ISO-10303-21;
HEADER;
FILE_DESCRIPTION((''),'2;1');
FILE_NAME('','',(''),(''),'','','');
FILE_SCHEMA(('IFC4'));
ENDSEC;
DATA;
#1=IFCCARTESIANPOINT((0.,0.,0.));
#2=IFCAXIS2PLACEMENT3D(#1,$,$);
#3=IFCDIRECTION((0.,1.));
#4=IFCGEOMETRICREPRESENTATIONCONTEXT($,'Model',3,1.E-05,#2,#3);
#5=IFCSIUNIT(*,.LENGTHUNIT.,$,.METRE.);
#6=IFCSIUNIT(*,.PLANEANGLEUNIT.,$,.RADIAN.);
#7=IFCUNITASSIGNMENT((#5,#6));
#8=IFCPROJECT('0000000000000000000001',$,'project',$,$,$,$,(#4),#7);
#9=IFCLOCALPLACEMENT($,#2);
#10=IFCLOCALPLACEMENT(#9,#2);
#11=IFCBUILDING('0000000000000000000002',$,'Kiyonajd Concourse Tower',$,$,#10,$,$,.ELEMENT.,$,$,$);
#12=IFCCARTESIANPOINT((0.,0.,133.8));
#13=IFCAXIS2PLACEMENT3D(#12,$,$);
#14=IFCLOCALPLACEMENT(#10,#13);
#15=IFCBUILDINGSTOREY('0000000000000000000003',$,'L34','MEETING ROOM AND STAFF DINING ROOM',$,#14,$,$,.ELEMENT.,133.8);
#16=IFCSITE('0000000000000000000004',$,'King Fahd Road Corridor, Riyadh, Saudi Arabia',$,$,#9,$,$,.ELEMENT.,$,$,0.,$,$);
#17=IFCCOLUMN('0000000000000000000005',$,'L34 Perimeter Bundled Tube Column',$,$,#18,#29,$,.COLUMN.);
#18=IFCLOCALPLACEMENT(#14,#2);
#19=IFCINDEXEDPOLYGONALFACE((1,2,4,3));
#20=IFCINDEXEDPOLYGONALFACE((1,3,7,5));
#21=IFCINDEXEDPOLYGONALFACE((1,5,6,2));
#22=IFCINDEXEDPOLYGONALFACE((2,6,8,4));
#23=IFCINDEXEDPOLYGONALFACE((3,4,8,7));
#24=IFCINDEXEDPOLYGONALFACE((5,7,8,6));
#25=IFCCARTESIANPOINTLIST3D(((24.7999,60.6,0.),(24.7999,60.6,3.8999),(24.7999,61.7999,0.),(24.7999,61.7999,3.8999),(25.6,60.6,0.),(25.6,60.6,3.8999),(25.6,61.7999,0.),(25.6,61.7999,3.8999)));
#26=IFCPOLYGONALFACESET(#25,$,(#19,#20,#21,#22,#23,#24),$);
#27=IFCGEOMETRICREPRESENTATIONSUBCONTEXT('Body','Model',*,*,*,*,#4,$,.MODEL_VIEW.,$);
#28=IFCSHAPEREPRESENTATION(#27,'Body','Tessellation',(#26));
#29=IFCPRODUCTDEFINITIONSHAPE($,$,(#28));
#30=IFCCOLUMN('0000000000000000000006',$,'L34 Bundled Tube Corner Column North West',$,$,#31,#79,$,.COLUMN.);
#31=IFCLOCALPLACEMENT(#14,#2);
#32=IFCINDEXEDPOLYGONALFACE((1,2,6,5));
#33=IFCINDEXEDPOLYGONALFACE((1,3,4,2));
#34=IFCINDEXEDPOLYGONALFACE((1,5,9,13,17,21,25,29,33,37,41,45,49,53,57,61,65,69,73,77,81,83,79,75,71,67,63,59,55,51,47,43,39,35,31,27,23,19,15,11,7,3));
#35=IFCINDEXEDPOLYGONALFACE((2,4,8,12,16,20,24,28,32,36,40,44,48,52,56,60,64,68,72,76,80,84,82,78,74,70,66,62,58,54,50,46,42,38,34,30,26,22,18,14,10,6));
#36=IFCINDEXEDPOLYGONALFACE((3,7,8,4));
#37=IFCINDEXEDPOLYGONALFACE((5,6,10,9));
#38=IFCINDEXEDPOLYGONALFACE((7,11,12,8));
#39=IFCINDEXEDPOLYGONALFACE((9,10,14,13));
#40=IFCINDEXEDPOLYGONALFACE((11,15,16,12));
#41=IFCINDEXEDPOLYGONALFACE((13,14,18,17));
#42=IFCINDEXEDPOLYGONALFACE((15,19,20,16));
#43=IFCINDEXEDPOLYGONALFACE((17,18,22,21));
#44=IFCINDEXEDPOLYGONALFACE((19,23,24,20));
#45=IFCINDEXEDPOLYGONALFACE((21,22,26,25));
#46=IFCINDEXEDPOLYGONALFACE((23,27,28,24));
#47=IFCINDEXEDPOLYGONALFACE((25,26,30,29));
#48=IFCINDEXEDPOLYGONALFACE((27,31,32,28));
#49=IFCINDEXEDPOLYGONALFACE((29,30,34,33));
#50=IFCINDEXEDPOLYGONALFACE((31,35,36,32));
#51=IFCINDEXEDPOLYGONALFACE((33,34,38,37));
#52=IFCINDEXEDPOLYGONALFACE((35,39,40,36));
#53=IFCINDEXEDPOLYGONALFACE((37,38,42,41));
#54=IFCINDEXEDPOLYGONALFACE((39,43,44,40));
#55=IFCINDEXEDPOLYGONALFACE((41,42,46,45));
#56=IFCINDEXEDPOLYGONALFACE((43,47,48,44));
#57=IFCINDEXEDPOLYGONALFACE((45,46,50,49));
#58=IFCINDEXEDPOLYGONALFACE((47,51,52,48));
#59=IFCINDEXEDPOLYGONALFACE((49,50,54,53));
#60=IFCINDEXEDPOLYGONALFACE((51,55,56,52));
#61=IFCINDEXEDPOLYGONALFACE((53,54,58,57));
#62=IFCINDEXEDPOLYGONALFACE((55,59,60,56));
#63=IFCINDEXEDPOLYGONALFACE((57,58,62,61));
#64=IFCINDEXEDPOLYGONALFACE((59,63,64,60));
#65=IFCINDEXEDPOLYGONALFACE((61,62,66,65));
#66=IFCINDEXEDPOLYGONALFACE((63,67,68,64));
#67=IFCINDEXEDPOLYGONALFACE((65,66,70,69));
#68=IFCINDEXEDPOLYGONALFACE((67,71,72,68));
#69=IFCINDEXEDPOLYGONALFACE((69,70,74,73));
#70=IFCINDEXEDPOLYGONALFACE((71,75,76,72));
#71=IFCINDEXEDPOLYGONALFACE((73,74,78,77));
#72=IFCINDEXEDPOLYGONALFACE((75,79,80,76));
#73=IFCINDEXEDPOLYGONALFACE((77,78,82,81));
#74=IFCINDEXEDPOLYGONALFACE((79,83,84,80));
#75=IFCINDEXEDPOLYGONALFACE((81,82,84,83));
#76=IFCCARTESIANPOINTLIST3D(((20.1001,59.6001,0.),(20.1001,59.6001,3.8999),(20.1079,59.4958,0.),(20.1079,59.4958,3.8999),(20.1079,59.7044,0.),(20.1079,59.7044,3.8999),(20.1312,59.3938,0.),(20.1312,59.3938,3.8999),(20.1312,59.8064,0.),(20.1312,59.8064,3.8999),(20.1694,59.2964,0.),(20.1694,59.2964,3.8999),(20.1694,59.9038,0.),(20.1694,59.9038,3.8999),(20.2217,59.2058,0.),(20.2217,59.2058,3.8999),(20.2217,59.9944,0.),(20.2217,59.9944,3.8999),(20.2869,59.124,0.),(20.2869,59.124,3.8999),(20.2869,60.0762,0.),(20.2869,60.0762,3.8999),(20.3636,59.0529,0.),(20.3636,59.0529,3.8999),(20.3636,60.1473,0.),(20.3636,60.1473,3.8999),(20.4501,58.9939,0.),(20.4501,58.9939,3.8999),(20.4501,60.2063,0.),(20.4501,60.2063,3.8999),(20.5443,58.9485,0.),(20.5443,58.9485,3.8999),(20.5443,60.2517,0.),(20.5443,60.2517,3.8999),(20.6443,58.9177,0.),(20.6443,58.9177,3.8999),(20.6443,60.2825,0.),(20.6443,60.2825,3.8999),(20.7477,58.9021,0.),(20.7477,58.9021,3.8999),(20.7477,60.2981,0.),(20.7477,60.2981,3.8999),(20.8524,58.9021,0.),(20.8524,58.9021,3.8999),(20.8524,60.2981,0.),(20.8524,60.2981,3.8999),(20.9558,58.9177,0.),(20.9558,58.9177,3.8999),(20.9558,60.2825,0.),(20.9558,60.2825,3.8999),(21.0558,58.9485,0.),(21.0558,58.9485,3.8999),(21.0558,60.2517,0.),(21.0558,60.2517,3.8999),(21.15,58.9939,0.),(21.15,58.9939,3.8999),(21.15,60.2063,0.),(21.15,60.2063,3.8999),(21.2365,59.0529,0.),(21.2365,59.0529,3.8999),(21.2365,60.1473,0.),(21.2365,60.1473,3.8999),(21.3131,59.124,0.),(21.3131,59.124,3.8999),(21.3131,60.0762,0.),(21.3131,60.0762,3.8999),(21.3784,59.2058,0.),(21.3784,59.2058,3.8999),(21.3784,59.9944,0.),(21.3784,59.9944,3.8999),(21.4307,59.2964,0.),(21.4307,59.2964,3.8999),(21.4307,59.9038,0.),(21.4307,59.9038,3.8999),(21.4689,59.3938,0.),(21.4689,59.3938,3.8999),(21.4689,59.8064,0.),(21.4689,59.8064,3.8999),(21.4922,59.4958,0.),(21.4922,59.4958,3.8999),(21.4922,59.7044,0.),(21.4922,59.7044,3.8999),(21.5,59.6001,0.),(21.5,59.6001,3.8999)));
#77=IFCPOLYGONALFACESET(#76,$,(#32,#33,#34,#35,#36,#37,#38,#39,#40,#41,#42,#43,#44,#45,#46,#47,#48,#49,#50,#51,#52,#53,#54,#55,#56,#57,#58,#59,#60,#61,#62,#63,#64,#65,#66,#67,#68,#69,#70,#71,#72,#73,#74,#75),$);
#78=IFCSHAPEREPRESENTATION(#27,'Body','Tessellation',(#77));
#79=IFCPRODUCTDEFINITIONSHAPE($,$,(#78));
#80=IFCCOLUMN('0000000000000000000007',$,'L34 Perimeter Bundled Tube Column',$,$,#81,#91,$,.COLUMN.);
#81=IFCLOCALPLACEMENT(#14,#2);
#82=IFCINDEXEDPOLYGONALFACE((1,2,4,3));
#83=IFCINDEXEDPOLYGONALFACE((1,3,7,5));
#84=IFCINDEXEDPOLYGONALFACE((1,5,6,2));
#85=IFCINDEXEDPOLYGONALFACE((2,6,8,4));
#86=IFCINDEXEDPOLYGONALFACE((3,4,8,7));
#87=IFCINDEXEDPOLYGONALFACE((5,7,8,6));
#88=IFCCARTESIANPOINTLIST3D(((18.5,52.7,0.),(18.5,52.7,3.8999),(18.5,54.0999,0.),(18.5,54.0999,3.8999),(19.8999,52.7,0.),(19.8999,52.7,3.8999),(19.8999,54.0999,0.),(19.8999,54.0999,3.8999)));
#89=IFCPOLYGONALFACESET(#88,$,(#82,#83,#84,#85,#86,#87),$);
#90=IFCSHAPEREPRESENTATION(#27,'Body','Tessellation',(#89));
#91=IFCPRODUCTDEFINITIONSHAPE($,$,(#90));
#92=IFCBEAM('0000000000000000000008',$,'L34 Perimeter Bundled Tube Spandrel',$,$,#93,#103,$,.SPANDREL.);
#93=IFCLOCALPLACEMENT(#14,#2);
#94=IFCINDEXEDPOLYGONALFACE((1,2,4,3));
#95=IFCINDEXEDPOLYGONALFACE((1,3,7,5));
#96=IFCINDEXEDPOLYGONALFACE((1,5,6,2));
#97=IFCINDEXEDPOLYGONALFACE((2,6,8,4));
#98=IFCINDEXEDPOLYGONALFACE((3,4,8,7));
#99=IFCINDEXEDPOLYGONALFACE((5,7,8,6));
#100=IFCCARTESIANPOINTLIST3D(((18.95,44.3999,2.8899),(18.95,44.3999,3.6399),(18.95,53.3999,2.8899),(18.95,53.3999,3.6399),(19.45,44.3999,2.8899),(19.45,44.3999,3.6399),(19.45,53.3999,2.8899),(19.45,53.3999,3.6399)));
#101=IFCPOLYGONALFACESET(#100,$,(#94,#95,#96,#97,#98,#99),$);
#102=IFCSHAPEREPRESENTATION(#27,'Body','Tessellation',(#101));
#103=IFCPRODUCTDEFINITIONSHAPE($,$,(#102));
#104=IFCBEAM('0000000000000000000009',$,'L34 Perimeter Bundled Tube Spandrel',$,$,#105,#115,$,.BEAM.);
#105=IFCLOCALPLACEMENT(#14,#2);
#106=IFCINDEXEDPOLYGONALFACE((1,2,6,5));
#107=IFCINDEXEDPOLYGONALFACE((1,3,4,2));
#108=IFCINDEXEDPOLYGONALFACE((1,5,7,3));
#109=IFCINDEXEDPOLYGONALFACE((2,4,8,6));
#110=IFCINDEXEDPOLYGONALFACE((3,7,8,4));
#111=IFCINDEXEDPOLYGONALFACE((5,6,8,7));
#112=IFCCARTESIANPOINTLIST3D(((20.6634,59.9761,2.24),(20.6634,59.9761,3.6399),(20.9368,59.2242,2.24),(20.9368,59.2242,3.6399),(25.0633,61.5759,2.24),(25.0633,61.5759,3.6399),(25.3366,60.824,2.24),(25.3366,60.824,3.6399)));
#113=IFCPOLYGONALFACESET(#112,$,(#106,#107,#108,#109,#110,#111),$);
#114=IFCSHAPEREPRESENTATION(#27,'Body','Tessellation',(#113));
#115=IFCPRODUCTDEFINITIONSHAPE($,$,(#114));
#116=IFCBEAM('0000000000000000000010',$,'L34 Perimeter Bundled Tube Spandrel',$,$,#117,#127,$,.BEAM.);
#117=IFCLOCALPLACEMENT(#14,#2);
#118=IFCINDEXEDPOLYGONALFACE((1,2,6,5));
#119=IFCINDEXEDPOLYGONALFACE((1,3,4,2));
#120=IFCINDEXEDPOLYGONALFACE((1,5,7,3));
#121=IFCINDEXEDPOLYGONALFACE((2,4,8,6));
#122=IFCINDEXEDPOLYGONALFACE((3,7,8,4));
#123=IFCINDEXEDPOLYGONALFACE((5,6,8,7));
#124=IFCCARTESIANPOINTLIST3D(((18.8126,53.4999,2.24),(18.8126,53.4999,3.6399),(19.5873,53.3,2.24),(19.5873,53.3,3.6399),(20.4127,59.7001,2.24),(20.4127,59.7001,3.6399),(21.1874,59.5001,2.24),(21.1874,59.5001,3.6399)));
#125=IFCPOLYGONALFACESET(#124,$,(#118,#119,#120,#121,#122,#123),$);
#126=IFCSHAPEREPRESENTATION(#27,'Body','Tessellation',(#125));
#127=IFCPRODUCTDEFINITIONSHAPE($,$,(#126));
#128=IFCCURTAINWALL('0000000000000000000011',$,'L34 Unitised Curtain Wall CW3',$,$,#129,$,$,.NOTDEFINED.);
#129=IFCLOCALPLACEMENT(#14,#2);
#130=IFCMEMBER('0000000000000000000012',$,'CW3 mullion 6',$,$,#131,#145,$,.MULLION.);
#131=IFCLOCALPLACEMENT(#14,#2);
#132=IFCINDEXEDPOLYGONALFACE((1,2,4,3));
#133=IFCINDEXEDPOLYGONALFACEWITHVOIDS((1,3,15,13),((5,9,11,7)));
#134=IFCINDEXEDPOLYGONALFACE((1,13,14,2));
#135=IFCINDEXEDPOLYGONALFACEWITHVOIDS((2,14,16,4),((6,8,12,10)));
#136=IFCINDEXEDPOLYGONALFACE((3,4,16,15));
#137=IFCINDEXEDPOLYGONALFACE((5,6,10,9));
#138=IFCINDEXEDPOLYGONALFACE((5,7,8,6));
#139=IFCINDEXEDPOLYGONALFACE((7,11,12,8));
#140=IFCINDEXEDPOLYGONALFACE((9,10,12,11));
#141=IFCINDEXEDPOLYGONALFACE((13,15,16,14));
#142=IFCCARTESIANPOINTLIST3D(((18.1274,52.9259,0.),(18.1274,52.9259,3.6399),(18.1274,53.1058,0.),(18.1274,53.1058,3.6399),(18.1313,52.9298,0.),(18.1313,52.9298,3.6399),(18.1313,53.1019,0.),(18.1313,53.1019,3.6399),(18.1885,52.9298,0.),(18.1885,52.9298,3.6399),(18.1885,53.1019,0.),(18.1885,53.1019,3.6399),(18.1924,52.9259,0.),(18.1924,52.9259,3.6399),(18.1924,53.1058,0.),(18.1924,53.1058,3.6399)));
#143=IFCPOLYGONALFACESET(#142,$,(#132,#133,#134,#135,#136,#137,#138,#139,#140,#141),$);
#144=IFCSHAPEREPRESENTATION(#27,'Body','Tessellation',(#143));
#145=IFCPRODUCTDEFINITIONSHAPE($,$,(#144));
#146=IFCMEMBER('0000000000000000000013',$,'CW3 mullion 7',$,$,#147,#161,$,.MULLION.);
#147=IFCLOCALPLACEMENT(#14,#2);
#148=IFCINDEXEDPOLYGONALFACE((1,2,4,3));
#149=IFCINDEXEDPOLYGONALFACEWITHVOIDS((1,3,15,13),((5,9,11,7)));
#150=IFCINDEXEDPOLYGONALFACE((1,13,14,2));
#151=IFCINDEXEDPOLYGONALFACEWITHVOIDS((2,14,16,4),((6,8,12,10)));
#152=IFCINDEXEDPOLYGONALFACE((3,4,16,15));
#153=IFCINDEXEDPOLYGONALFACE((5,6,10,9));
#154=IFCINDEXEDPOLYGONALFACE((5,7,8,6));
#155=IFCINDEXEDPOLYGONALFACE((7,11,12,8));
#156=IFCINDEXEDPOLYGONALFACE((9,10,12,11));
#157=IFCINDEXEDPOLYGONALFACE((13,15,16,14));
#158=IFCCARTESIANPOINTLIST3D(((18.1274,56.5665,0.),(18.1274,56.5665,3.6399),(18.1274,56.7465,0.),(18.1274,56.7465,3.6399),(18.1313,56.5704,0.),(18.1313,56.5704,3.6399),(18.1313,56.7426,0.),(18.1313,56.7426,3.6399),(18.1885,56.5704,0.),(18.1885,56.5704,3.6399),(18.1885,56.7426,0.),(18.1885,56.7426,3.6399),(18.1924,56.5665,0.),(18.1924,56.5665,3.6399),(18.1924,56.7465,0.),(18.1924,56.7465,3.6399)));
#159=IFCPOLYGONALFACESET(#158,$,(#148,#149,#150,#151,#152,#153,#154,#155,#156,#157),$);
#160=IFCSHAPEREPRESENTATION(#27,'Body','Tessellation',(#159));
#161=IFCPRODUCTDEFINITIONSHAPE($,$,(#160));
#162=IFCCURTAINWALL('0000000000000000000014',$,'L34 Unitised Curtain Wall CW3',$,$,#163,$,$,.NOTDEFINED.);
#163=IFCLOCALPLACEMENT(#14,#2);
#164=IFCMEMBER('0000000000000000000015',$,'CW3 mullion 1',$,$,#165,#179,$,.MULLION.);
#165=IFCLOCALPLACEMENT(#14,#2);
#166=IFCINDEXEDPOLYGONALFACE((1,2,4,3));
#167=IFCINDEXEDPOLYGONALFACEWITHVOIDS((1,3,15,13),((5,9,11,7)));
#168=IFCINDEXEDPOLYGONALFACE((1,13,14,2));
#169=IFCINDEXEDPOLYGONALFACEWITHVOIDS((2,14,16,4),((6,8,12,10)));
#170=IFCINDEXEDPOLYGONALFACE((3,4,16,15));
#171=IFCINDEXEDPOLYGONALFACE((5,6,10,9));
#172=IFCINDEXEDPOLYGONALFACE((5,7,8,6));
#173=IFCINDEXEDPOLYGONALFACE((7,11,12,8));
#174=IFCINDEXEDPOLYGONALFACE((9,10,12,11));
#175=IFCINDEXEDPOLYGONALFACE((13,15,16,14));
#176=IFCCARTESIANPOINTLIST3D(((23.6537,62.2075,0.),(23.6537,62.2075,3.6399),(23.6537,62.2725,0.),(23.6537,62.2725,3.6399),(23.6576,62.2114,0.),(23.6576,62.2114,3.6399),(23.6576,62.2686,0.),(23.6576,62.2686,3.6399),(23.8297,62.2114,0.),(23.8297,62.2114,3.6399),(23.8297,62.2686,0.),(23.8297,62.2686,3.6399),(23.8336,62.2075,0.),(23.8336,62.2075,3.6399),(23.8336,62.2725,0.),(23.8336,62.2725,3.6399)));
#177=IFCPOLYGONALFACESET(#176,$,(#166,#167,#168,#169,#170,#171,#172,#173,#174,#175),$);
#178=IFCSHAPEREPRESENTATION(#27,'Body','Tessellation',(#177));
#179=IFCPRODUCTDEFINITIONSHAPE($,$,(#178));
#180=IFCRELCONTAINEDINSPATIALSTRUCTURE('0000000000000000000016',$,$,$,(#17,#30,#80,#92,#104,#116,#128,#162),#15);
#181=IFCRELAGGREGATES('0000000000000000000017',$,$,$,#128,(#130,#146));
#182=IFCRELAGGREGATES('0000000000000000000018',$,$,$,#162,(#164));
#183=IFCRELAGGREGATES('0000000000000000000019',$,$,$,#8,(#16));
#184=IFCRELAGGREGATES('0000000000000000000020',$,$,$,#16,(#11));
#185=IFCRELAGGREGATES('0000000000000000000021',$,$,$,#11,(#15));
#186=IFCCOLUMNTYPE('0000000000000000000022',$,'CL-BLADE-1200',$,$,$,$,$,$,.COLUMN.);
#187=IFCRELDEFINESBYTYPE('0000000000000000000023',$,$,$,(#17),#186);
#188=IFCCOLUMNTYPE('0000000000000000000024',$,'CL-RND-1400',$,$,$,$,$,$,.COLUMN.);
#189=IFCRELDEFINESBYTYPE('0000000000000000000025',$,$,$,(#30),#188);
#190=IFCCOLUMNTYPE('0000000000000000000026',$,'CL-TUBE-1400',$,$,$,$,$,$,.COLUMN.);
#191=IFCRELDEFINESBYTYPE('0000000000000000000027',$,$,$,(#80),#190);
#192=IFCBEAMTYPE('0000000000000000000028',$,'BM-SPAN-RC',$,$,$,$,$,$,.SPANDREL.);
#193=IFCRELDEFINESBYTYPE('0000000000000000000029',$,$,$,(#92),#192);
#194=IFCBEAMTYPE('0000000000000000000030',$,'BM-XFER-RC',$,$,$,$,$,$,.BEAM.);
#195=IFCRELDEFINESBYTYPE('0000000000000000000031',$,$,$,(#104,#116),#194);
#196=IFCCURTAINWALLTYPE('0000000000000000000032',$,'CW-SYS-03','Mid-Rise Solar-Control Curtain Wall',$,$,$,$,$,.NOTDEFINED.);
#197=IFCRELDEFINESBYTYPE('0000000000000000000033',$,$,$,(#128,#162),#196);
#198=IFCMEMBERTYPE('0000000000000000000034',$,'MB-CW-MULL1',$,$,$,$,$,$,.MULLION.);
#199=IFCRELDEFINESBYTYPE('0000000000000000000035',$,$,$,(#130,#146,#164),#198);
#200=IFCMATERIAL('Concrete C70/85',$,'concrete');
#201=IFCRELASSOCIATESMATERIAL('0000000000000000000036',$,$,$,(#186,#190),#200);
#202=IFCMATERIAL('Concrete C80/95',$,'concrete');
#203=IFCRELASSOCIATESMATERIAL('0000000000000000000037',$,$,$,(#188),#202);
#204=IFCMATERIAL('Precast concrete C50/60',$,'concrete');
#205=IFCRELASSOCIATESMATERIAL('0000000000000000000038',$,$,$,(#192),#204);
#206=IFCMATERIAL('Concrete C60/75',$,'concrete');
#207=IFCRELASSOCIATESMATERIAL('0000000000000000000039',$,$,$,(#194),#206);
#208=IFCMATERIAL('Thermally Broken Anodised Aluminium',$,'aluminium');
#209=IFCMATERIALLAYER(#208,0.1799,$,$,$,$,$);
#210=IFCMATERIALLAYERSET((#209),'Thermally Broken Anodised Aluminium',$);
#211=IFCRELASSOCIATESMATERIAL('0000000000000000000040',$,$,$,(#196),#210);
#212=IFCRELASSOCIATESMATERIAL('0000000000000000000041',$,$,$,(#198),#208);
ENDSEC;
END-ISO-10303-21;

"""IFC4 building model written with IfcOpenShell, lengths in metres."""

from ifc_helpers import new_model, si_unit, direction, frame, origin, origin_2d, place, context, subcontext, project, spatial, rectangle, hollow_rectangle, circle, extrude, material, layer, layer_set, material_profile, profile_set, type_object, element, aggregate, save


model = new_model("IFC4")

# Units and contexts
model_context = context("Model", 3, precision=1e-05, world=origin(), true_north=direction((0.0, 1.0)))
body_context = subcontext(model_context, "Body", "Model", "MODEL_VIEW")
ifc_project = project(units=[si_unit("LENGTHUNIT", "METRE"), si_unit("PLANEANGLEUNIT", "RADIAN")], contexts=[model_context])

# Site, building, storey
site_placement = place(None, origin())
site = spatial("IfcSite", under=ifc_project, at=site_placement, Name="King Fahd Road Corridor, Riyadh, Saudi Arabia", CompositionType="ELEMENT", RefElevation=0.0)
building_placement = place(site_placement, origin())
building = spatial("IfcBuilding", under=site, at=building_placement, Name="Kiyonajd Concourse Tower", CompositionType="ELEMENT")
storey_placement = place(building_placement, frame((0.0, 0.0, 133.8)))
storey = spatial("IfcBuildingStorey", under=building, at=storey_placement, Name="L34", Description="MEETING ROOM AND STAFF DINING ROOM", CompositionType="ELEMENT", Elevation=133.8)

# Columns
ifc_material_1 = material(Name="Concrete C70/85", Category="concrete")
ifc_material_profile_1 = material_profile(ifc_material_1, rectangle(XDim=0.8, YDim=1.2, at=origin_2d()), Name="RC-1200x800")
ifc_profile_set_1 = profile_set([ifc_material_profile_1], Name="Concrete C70/85")
column_type_1 = type_object("IfcColumnType", Name="CL-BLADE-1200", PredefinedType="COLUMN", material=ifc_profile_set_1)
column_1_placement = place(storey_placement, frame((25.2, 61.2, 0.0), z_axis=(0.0, 0.0, 1.0), x_axis=(1.0, 0.0, 0.0)))
element("IfcColumn", 1, at=column_1_placement, inside=storey, type_object=column_type_1, Name="L34 Perimeter Bundled Tube Column", PredefinedType="COLUMN", context=body_context, shape_type="SweptSolid", body=[
    extrude(rectangle(XDim=0.8, YDim=1.2, at=origin_2d()), origin(), (0.0, 0.0, 1.0), 3.8999),
])
ifc_material_2 = material(Name="Concrete C80/95", Category="concrete")
ifc_material_profile_2 = material_profile(ifc_material_2, circle(Radius=0.7, at=origin_2d()), Name="RCC-D1400")
ifc_profile_set_2 = profile_set([ifc_material_profile_2], Name="Concrete C80/95")
column_type_2 = type_object("IfcColumnType", Name="CL-RND-1400", PredefinedType="COLUMN", material=ifc_profile_set_2)
column_2_placement = place(storey_placement, frame((20.8, 59.6001, 0.0), z_axis=(0.0, 0.0, 1.0), x_axis=(1.0, 0.0, 0.0)))
element("IfcColumn", 2, at=column_2_placement, inside=storey, type_object=column_type_2, Name="L34 Bundled Tube Corner Column North West", PredefinedType="COLUMN", context=body_context, shape_type="SweptSolid", body=[
    extrude(circle(Radius=0.7, at=origin_2d()), origin(), (0.0, 0.0, 1.0), 3.8999),
])
ifc_material_profile_3 = material_profile(ifc_material_1, rectangle(XDim=1.3999, YDim=1.3999, at=origin_2d()), Name="RC-1400x1400")
ifc_profile_set_3 = profile_set([ifc_material_profile_3], Name="Concrete C70/85")
column_type_3 = type_object("IfcColumnType", Name="CL-TUBE-1400", PredefinedType="COLUMN", material=ifc_profile_set_3)
column_3_placement = place(storey_placement, frame((19.2, 53.3999, 0.0), z_axis=(0.0, 0.0, 1.0), x_axis=(1.0, 0.0, 0.0)))
element("IfcColumn", 3, at=column_3_placement, inside=storey, type_object=column_type_3, Name="L34 Perimeter Bundled Tube Column", PredefinedType="COLUMN", context=body_context, shape_type="SweptSolid", body=[
    extrude(rectangle(XDim=1.3999, YDim=1.3999, at=origin_2d()), origin(), (0.0, 0.0, 1.0), 3.8999),
])

# Beams
ifc_material_3 = material(Name="Precast concrete C50/60", Category="concrete")
ifc_material_profile_4 = material_profile(ifc_material_3, rectangle(XDim=0.5, YDim=0.75, at=origin_2d()), Name="RCBM-500x750")
ifc_profile_set_4 = profile_set([ifc_material_profile_4], Name="Precast concrete C50/60")
beam_type_1 = type_object("IfcBeamType", Name="BM-SPAN-RC", PredefinedType="SPANDREL", material=ifc_profile_set_4)
beam_1_placement = place(storey_placement, frame((19.2, 53.3999, 3.2649), z_axis=(0.0, -1.0, 0.0), x_axis=(1.0, 0.0, 0.0)))
element("IfcBeam", 4, at=beam_1_placement, inside=storey, type_object=beam_type_1, Name="L34 Perimeter Bundled Tube Spandrel", PredefinedType="SPANDREL", context=body_context, shape_type="SweptSolid", body=[
    extrude(rectangle(XDim=0.5, YDim=0.75, at=origin_2d()), origin(), (0.0, 0.0, 1.0), 9.0),
])
ifc_material_4 = material(Name="Concrete C60/75", Category="concrete")
ifc_material_profile_5 = material_profile(ifc_material_4, rectangle(XDim=0.8, YDim=1.3999, at=origin_2d()), Name="RCBM-800x1400")
ifc_profile_set_5 = profile_set([ifc_material_profile_5], Name="Concrete C60/75")
beam_type_2 = type_object("IfcBeamType", Name="BM-XFER-RC", PredefinedType="BEAM", material=ifc_profile_set_5)
beam_2_placement = place(storey_placement, frame((25.2, 61.2, 2.9399), z_axis=(-0.939801, -0.341722, 0.0), x_axis=(0.341722, -0.939801, 0.0)))
element("IfcBeam", 5, at=beam_2_placement, inside=storey, type_object=beam_type_2, Name="L34 Perimeter Bundled Tube Spandrel", PredefinedType="BEAM", context=body_context, shape_type="SweptSolid", body=[
    extrude(rectangle(XDim=0.8, YDim=1.3999, at=origin_2d()), origin(), (0.0, 0.0, 1.0), 4.6816),
])
beam_3_placement = place(storey_placement, frame((20.8, 59.6001, 2.9399), z_axis=(-0.249885, -0.968276, 0.0), x_axis=(0.968276, -0.249885, 0.0)))
element("IfcBeam", 6, at=beam_3_placement, inside=storey, type_object=beam_type_2, Name="L34 Perimeter Bundled Tube Spandrel", PredefinedType="BEAM", context=body_context, shape_type="SweptSolid", body=[
    extrude(rectangle(XDim=0.8, YDim=1.3999, at=origin_2d()), origin(), (0.0, 0.0, 1.0), 6.4033),
])

# Curtain walls, members
ifc_material_5 = material(Name="Thermally Broken Anodised Aluminium", Category="aluminium")
ifc_layer_1 = layer(ifc_material_5, 0.1799)
ifc_layer_set_1 = layer_set([ifc_layer_1], Name="Thermally Broken Anodised Aluminium")
curtain_wall_type = type_object("IfcCurtainWallType", Name="CW-SYS-03", Description="Mid-Rise Solar-Control Curtain Wall", PredefinedType="NOTDEFINED", material=ifc_layer_set_1)
curtain_wall_1_placement = place(storey_placement, origin())
curtain_wall_1 = element("IfcCurtainWall", 7, at=curtain_wall_1_placement, inside=storey, type_object=curtain_wall_type, Name="L34 Unitised Curtain Wall CW3", PredefinedType="NOTDEFINED")
ifc_material_profile_6 = material_profile(ifc_material_5, hollow_rectangle(XDim=0.0649, YDim=0.1799, WallThickness=0.0039, at=origin_2d()), Name="MULL-65x180")
ifc_profile_set_6 = profile_set([ifc_material_profile_6], Name="Thermally Broken Anodised Aluminium")
member_type_1 = type_object("IfcMemberType", Name="MB-CW-MULL1", PredefinedType="MULLION", material=ifc_profile_set_6)
member_1_placement = place(storey_placement, frame((18.1599, 53.0159, 0.0), z_axis=(0.0, 0.0, 1.0), x_axis=(-1.0, 0.0, 0.0)))
member_1 = element("IfcMember", 8, at=member_1_placement, type_object=member_type_1, Name="CW3 mullion 6", PredefinedType="MULLION", context=body_context, shape_type="SweptSolid", body=[
    extrude(hollow_rectangle(XDim=0.0649, YDim=0.1799, WallThickness=0.0039, at=origin_2d()), origin(), (0.0, 0.0, 1.0), 3.6399),
])
member_2_placement = place(storey_placement, frame((18.1599, 56.6565, 0.0), z_axis=(0.0, 0.0, 1.0), x_axis=(-1.0, 0.0, 0.0)))
member_2 = element("IfcMember", 9, at=member_2_placement, type_object=member_type_1, Name="CW3 mullion 7", PredefinedType="MULLION", context=body_context, shape_type="SweptSolid", body=[
    extrude(hollow_rectangle(XDim=0.0649, YDim=0.1799, WallThickness=0.0039, at=origin_2d()), origin(), (0.0, 0.0, 1.0), 3.6399),
])
curtain_wall_2_placement = place(storey_placement, origin())
curtain_wall_2 = element("IfcCurtainWall", 10, at=curtain_wall_2_placement, inside=storey, type_object=curtain_wall_type, Name="L34 Unitised Curtain Wall CW3", PredefinedType="NOTDEFINED")
member_3_placement = place(storey_placement, frame((23.7437, 62.24, 0.0), z_axis=(0.0, 0.0, 1.0), x_axis=(0.0, 1.0, 0.0)))
member_3 = element("IfcMember", 11, at=member_3_placement, type_object=member_type_1, Name="CW3 mullion 1", PredefinedType="MULLION", context=body_context, shape_type="SweptSolid", body=[
    extrude(hollow_rectangle(XDim=0.0649, YDim=0.1799, WallThickness=0.0039, at=origin_2d()), origin(), (0.0, 0.0, 1.0), 3.6399),
])

aggregate(curtain_wall_1, [member_1, member_2])
aggregate(curtain_wall_2, [member_3])

save(model, "model.ifc")
